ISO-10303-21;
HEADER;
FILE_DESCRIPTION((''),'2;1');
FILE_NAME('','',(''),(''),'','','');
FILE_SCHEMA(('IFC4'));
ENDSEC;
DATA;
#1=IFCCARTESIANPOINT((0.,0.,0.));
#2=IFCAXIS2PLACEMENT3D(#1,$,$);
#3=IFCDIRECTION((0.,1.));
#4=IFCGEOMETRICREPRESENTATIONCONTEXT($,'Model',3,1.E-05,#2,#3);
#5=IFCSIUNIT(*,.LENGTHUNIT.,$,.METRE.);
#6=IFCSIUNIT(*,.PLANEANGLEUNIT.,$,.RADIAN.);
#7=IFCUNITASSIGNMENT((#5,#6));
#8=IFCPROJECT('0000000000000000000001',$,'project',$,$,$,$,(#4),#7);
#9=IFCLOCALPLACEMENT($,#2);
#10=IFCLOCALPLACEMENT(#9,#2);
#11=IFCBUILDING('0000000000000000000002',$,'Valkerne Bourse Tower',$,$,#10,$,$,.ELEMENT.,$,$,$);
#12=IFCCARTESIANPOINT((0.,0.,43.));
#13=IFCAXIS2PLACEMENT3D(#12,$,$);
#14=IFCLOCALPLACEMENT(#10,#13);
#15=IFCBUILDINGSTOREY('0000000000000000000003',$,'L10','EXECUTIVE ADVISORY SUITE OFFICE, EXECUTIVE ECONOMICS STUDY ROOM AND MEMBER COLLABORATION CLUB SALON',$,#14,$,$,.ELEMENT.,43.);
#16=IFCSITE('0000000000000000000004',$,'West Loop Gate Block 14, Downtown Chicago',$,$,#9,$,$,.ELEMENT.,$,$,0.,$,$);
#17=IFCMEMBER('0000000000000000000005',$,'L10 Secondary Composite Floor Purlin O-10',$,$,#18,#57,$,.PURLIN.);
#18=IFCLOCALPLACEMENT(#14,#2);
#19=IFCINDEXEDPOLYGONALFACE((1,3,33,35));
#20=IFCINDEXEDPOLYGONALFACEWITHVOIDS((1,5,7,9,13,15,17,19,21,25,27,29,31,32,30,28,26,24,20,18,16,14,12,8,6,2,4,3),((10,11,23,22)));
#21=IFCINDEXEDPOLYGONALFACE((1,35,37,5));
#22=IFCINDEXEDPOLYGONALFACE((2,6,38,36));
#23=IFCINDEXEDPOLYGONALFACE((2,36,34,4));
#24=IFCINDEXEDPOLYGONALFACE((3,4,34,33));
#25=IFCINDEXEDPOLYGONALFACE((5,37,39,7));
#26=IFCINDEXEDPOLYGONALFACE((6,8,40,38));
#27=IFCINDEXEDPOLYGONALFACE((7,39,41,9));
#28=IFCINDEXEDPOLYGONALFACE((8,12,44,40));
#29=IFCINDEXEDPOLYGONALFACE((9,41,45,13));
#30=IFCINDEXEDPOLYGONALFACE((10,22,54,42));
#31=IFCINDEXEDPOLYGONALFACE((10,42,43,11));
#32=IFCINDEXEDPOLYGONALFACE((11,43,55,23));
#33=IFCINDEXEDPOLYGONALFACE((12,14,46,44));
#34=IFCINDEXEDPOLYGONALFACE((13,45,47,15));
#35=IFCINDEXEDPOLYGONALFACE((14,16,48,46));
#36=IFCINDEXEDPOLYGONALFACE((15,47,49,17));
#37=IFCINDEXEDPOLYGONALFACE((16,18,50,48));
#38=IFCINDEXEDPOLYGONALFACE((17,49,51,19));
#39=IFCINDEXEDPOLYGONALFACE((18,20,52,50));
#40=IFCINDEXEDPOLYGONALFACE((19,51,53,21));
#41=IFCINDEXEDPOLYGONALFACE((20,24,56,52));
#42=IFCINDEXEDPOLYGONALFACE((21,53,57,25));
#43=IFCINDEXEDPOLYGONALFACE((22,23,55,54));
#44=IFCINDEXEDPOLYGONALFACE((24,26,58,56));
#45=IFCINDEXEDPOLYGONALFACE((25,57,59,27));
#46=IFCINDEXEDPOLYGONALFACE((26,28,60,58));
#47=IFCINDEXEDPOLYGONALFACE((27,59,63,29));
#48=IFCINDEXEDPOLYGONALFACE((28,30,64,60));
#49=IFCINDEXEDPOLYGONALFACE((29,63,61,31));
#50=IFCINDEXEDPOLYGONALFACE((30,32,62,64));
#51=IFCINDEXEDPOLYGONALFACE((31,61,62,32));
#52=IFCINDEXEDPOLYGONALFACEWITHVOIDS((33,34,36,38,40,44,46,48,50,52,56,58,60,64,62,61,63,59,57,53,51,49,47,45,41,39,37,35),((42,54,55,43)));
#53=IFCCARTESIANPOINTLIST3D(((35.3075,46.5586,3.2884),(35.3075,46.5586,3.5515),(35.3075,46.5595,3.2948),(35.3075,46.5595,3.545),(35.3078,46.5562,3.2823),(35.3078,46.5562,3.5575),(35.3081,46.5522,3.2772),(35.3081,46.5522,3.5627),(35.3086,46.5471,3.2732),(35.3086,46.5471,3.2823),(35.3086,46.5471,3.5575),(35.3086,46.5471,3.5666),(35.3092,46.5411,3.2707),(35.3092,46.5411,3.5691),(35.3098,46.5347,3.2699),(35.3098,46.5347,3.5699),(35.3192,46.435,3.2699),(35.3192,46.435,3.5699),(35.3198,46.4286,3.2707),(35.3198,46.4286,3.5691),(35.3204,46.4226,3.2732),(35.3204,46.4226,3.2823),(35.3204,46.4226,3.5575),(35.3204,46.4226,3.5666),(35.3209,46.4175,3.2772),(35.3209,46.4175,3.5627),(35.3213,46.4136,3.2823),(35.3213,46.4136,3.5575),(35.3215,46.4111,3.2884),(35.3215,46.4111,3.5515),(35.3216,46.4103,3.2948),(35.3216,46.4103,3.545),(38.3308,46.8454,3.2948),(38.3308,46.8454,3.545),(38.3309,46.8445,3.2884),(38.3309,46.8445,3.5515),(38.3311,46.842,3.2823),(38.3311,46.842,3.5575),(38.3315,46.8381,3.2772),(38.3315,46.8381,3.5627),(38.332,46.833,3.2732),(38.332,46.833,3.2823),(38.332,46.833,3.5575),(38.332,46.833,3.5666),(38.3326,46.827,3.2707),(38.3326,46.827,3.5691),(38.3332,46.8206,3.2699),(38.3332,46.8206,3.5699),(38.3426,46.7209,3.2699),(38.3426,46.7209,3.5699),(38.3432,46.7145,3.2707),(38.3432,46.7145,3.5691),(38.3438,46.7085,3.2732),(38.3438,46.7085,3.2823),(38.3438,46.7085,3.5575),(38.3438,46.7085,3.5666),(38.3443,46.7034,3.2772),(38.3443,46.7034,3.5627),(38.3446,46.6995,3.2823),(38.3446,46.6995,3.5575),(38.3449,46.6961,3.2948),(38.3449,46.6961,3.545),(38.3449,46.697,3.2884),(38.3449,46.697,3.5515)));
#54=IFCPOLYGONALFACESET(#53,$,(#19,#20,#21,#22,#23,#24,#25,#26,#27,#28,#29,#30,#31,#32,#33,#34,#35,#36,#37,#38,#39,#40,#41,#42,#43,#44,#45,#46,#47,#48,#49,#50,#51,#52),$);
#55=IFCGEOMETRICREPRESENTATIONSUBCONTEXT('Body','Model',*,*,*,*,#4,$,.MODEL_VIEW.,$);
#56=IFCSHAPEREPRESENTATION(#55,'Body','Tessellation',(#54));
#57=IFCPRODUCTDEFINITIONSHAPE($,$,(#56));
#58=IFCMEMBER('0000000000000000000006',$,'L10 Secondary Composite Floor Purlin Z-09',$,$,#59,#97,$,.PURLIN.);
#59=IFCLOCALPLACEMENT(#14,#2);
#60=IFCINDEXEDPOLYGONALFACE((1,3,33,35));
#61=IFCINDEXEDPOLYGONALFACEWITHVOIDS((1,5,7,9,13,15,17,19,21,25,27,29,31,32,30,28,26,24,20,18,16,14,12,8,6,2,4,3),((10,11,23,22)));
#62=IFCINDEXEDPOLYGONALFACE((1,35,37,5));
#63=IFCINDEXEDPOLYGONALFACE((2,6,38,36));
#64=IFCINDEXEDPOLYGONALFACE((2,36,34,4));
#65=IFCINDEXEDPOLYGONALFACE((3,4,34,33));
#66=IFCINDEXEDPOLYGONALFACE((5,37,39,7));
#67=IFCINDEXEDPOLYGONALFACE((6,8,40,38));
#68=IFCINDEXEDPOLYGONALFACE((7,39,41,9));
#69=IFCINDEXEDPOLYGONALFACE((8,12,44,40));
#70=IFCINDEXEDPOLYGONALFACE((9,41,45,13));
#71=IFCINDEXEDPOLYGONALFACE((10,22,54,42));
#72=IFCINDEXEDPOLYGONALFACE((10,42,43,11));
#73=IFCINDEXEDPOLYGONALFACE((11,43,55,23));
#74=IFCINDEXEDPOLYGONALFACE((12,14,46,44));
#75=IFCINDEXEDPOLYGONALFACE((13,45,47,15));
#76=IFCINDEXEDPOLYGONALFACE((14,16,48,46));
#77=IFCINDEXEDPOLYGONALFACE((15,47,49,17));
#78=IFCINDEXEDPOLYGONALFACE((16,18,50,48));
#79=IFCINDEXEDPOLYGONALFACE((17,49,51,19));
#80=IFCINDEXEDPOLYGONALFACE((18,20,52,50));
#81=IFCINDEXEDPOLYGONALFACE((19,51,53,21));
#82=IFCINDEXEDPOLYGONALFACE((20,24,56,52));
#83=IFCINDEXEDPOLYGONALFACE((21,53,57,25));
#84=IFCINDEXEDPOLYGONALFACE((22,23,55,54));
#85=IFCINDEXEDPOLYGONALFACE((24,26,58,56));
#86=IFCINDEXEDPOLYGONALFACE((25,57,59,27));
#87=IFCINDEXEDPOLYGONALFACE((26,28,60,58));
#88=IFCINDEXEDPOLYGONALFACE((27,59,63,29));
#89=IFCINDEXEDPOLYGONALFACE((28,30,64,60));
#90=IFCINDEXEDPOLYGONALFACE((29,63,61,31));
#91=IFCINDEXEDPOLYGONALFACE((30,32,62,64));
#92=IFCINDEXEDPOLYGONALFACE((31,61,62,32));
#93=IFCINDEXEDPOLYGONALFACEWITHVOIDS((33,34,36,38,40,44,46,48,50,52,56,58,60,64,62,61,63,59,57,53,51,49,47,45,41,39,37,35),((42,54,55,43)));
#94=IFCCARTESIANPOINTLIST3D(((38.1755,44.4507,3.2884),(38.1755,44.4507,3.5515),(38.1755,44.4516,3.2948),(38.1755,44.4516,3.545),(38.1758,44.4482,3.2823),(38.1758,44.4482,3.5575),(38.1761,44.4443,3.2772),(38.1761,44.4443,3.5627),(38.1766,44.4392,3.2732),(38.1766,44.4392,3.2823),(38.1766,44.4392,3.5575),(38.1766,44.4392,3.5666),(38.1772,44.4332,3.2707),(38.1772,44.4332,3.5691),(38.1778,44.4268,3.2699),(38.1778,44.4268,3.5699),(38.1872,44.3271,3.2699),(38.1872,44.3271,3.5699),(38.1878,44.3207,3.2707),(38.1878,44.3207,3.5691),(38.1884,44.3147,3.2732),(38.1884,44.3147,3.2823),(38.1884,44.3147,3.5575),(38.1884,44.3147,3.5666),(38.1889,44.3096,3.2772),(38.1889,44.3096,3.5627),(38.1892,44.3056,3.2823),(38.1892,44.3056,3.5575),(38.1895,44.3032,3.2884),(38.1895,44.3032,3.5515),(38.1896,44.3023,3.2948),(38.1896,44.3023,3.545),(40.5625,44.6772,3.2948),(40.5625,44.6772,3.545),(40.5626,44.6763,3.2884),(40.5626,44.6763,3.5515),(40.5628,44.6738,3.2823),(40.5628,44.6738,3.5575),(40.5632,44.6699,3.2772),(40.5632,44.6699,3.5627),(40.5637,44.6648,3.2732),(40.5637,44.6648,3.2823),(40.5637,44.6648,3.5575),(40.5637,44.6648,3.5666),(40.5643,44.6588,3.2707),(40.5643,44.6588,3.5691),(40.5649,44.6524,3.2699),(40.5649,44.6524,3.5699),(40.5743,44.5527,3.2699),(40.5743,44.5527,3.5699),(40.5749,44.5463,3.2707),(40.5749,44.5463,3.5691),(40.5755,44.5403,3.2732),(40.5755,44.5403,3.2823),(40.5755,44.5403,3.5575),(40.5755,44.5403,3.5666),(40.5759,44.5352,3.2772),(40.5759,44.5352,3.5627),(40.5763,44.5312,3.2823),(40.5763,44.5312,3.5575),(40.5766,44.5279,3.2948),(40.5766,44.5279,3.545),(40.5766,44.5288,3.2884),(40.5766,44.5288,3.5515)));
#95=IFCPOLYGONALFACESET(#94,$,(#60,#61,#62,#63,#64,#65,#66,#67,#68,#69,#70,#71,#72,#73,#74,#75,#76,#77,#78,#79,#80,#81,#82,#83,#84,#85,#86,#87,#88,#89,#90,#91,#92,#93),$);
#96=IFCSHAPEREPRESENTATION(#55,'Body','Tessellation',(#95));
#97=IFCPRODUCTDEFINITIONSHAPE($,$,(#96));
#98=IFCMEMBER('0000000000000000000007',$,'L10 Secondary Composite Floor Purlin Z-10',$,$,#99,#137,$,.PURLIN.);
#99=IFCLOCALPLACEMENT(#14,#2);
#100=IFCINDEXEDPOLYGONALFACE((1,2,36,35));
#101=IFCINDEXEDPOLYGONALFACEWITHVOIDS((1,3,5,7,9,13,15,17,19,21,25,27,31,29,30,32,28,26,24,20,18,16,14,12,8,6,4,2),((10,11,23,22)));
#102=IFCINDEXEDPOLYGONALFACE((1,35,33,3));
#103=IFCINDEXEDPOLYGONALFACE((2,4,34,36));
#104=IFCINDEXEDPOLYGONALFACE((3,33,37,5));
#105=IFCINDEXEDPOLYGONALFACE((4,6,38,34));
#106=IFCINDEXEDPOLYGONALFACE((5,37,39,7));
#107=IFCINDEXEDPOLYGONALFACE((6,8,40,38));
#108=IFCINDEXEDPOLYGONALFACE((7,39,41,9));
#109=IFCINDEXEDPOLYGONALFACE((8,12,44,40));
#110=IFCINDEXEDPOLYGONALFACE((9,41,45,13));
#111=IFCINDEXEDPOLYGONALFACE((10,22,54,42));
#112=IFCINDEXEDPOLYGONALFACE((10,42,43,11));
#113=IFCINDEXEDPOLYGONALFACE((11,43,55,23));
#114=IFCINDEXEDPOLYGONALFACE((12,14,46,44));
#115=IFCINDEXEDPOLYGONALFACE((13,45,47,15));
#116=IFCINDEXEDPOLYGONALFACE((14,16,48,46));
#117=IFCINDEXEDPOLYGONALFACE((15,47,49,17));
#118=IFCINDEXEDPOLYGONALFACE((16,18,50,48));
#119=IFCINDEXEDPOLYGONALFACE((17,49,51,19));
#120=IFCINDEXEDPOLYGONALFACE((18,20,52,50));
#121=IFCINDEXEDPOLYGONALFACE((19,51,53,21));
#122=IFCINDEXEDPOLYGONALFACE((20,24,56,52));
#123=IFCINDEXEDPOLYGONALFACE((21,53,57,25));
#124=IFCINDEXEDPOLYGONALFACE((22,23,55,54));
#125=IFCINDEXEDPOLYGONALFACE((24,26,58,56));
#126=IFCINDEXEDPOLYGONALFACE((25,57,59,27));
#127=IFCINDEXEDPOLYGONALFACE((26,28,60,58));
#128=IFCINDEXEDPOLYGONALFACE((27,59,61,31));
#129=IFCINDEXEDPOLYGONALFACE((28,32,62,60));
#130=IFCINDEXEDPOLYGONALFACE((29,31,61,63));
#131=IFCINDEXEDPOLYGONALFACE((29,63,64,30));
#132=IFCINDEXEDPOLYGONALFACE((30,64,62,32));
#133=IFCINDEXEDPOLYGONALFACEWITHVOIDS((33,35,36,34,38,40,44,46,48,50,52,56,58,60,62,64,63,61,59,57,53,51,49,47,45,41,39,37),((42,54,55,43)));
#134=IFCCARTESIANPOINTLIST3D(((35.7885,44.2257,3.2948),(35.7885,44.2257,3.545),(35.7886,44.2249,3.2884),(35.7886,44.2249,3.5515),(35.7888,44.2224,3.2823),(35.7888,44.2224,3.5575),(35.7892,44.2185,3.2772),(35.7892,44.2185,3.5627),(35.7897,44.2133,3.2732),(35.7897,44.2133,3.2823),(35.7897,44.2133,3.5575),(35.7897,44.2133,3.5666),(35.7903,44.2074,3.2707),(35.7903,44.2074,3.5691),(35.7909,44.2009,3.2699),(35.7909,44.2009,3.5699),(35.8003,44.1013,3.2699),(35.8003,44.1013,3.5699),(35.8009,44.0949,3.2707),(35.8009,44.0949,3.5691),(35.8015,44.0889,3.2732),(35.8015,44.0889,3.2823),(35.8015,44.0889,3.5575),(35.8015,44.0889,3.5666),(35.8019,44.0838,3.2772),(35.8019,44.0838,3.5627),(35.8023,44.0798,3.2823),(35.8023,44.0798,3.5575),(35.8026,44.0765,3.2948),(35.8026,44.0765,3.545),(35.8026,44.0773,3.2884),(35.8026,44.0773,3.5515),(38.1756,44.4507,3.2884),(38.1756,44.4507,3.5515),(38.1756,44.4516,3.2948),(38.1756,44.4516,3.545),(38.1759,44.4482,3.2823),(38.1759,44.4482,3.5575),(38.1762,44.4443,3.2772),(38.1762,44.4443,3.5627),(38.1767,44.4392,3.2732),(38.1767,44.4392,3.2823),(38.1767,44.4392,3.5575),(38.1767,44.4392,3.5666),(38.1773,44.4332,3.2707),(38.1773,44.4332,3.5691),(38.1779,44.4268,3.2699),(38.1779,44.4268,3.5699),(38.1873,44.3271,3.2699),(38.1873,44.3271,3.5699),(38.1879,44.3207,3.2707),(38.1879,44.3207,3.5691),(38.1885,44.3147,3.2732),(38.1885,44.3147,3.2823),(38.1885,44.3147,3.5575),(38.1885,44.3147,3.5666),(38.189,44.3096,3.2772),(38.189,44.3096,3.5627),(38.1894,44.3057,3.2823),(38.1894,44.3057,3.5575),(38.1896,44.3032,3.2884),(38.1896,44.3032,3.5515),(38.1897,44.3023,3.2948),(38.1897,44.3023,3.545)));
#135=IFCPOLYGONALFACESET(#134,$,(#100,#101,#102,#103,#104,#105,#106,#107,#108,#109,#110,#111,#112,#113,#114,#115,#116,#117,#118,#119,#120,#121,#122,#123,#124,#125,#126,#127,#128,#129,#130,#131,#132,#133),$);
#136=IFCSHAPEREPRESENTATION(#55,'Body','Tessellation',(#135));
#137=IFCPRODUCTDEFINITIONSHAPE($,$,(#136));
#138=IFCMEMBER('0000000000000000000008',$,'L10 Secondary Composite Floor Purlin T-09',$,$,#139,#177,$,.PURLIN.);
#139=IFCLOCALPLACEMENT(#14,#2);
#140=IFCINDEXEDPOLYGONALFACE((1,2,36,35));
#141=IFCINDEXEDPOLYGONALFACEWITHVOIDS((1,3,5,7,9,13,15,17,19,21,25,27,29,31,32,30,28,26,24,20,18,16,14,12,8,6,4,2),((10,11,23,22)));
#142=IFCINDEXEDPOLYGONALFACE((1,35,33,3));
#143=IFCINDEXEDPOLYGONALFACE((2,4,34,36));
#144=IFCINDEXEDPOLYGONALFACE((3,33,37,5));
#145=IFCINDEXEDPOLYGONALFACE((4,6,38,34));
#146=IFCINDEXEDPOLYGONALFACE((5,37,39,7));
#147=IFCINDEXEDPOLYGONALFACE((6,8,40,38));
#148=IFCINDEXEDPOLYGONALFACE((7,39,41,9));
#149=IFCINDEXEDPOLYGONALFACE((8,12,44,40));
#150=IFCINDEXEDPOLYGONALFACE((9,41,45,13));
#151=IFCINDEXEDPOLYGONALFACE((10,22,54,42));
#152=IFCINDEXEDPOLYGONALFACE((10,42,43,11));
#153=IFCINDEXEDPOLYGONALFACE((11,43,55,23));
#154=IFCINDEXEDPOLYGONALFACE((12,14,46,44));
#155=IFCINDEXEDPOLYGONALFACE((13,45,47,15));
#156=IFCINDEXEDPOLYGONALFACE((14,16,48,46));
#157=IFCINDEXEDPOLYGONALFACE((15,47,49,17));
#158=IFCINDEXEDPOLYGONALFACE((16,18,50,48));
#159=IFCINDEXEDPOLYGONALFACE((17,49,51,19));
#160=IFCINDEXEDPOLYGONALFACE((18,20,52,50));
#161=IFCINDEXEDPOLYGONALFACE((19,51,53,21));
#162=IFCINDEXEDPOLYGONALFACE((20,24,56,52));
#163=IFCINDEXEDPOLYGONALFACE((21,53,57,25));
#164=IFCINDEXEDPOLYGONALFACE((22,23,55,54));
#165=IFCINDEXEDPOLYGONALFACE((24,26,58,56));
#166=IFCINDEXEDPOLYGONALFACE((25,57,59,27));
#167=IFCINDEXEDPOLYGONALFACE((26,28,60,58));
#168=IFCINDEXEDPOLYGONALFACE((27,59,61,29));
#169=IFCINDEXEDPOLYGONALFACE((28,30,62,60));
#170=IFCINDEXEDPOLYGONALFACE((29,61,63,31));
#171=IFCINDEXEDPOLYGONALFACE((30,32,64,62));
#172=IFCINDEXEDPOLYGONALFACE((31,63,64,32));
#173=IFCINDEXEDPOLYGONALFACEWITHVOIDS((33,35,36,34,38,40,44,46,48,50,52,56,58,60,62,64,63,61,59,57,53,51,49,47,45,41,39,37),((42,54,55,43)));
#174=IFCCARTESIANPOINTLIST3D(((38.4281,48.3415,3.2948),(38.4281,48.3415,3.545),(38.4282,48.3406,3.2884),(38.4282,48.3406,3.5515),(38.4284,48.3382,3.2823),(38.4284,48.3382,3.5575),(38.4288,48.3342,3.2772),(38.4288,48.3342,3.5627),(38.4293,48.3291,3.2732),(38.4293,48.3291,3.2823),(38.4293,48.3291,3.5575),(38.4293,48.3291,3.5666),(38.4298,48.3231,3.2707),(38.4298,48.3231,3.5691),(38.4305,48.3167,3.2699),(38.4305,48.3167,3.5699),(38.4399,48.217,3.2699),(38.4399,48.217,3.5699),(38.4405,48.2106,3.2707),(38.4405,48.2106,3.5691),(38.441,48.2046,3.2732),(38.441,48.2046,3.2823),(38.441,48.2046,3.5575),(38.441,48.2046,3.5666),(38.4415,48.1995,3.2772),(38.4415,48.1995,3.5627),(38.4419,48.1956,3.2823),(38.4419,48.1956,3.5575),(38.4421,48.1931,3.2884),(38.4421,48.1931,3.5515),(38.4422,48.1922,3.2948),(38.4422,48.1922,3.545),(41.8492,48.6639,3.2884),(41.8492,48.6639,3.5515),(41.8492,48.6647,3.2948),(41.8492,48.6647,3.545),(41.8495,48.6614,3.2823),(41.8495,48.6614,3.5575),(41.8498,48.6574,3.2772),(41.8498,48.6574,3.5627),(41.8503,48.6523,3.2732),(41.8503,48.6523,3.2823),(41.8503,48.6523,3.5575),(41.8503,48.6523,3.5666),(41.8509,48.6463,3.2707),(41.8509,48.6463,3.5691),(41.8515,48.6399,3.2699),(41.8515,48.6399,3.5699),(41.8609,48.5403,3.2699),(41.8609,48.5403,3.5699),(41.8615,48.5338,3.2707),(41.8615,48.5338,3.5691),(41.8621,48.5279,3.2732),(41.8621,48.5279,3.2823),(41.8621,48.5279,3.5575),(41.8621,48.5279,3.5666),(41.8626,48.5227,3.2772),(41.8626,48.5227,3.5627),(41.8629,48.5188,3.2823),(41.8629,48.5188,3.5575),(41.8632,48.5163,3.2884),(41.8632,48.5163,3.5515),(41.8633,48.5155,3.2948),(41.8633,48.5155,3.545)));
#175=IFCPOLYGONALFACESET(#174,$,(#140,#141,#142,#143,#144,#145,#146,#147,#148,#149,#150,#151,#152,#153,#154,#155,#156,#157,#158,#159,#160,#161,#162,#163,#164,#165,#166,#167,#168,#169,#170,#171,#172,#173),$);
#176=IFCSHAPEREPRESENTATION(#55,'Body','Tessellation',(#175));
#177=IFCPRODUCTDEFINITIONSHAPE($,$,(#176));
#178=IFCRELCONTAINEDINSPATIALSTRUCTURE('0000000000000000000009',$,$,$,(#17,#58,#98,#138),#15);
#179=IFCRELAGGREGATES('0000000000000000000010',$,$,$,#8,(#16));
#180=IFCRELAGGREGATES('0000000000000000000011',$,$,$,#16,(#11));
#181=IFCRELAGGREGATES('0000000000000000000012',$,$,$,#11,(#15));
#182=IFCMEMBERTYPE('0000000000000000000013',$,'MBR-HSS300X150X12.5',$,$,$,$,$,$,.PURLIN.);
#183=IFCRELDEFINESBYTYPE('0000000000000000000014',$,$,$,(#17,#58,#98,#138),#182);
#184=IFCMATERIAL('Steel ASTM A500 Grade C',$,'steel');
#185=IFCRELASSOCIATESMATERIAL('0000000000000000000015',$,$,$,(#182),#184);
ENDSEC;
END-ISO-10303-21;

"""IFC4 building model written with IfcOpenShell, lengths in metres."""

from ifc_helpers import new_model, si_unit, direction, frame, origin, origin_2d, place, context, subcontext, project, spatial, hollow_rectangle, extrude, material, material_profile, profile_set, type_object, element, save


model = new_model("IFC4")

# Units and contexts
model_context = context("Model", 3, precision=1e-05, world=origin(), true_north=direction((0.0, 1.0)))
body_context = subcontext(model_context, "Body", "Model", "MODEL_VIEW")
ifc_project = project(units=[si_unit("LENGTHUNIT", "METRE"), si_unit("PLANEANGLEUNIT", "RADIAN")], contexts=[model_context])

# Site, building, storey
site_placement = place(None, origin())
site = spatial("IfcSite", under=ifc_project, at=site_placement, Name="West Loop Gate Block 14, Downtown Chicago", CompositionType="ELEMENT", RefElevation=0.0)
building_placement = place(site_placement, origin())
building = spatial("IfcBuilding", under=site, at=building_placement, Name="Valkerne Bourse Tower", CompositionType="ELEMENT")
storey_placement = place(building_placement, frame((0.0, 0.0, 43.0)))
storey = spatial("IfcBuildingStorey", under=building, at=storey_placement, Name="L10", Description="EXECUTIVE ADVISORY SUITE OFFICE, EXECUTIVE ECONOMICS STUDY ROOM AND MEMBER COLLABORATION CLUB SALON", CompositionType="ELEMENT", Elevation=43.0)

# Members
ifc_material_1 = material(Name="Steel ASTM A500 Grade C", Category="steel")
ifc_material_profile_1 = material_profile(ifc_material_1, hollow_rectangle(XDim=0.1499, YDim=0.3, WallThickness=0.0125, OuterFilletRadius=0.0249, at=origin_2d()), Name="HSS300X150X12.5")
ifc_profile_set_1 = profile_set([ifc_material_profile_1], Name="Steel ASTM A500 Grade C")
member_type_1 = type_object("IfcMemberType", Name="MBR-HSS300X150X12.5", PredefinedType="PURLIN", material=ifc_profile_set_1)
for number, where, z_axis, x_axis, name in (
    (1, (38.3379, 46.7708, 3.4199), (-0.995559, -0.094138, 0.0), (0.094138, -0.995559, 0.0), "L10 Secondary Composite Floor Purlin O-10"),
):
    element("IfcMember", number, at=place(storey_placement, frame(where, z_axis=z_axis, x_axis=x_axis)), inside=storey, type_object=member_type_1, Name=name, PredefinedType="PURLIN", context=body_context, shape_type="SweptSolid", body=[
        extrude(hollow_rectangle(XDim=0.1499, YDim=0.3, WallThickness=0.0125, OuterFilletRadius=0.0249, at=origin_2d()), origin(), (0.0, 0.0, 1.0), 3.0369),
    ])
for number, where, z_axis, x_axis, name in (
    (2, (40.5696, 44.6025, 3.4199), (-0.995564, -0.094088, 0.0), (0.094088, -0.995564, 0.0), "L10 Secondary Composite Floor Purlin Z-09"),
    (3, (38.1826, 44.377, 3.4199), (-0.995554, -0.094189, 0.0), (0.094189, -0.995554, 0.0), "L10 Secondary Composite Floor Purlin Z-10"),
):
    element("IfcMember", number, at=place(storey_placement, frame(where, z_axis=z_axis, x_axis=x_axis)), inside=storey, type_object=member_type_1, Name=name, PredefinedType="PURLIN", context=body_context, shape_type="SweptSolid", body=[
        extrude(hollow_rectangle(XDim=0.1499, YDim=0.3, WallThickness=0.0125, OuterFilletRadius=0.0249, at=origin_2d()), origin(), (0.0, 0.0, 1.0), 2.3977),
    ])
member_1_placement = place(storey_placement, frame((41.8562, 48.5901, 3.4199), z_axis=(-0.995566, -0.094065, 0.0), x_axis=(0.094065, -0.995566, 0.0)))
element("IfcMember", 4, at=member_1_placement, inside=storey, type_object=member_type_1, Name="L10 Secondary Composite Floor Purlin T-09", PredefinedType="PURLIN", context=body_context, shape_type="SweptSolid", body=[
    extrude(hollow_rectangle(XDim=0.1499, YDim=0.3, WallThickness=0.0125, OuterFilletRadius=0.0249, at=origin_2d()), origin(), (0.0, 0.0, 1.0), 3.4363),
])

save(model, "model.ifc")
